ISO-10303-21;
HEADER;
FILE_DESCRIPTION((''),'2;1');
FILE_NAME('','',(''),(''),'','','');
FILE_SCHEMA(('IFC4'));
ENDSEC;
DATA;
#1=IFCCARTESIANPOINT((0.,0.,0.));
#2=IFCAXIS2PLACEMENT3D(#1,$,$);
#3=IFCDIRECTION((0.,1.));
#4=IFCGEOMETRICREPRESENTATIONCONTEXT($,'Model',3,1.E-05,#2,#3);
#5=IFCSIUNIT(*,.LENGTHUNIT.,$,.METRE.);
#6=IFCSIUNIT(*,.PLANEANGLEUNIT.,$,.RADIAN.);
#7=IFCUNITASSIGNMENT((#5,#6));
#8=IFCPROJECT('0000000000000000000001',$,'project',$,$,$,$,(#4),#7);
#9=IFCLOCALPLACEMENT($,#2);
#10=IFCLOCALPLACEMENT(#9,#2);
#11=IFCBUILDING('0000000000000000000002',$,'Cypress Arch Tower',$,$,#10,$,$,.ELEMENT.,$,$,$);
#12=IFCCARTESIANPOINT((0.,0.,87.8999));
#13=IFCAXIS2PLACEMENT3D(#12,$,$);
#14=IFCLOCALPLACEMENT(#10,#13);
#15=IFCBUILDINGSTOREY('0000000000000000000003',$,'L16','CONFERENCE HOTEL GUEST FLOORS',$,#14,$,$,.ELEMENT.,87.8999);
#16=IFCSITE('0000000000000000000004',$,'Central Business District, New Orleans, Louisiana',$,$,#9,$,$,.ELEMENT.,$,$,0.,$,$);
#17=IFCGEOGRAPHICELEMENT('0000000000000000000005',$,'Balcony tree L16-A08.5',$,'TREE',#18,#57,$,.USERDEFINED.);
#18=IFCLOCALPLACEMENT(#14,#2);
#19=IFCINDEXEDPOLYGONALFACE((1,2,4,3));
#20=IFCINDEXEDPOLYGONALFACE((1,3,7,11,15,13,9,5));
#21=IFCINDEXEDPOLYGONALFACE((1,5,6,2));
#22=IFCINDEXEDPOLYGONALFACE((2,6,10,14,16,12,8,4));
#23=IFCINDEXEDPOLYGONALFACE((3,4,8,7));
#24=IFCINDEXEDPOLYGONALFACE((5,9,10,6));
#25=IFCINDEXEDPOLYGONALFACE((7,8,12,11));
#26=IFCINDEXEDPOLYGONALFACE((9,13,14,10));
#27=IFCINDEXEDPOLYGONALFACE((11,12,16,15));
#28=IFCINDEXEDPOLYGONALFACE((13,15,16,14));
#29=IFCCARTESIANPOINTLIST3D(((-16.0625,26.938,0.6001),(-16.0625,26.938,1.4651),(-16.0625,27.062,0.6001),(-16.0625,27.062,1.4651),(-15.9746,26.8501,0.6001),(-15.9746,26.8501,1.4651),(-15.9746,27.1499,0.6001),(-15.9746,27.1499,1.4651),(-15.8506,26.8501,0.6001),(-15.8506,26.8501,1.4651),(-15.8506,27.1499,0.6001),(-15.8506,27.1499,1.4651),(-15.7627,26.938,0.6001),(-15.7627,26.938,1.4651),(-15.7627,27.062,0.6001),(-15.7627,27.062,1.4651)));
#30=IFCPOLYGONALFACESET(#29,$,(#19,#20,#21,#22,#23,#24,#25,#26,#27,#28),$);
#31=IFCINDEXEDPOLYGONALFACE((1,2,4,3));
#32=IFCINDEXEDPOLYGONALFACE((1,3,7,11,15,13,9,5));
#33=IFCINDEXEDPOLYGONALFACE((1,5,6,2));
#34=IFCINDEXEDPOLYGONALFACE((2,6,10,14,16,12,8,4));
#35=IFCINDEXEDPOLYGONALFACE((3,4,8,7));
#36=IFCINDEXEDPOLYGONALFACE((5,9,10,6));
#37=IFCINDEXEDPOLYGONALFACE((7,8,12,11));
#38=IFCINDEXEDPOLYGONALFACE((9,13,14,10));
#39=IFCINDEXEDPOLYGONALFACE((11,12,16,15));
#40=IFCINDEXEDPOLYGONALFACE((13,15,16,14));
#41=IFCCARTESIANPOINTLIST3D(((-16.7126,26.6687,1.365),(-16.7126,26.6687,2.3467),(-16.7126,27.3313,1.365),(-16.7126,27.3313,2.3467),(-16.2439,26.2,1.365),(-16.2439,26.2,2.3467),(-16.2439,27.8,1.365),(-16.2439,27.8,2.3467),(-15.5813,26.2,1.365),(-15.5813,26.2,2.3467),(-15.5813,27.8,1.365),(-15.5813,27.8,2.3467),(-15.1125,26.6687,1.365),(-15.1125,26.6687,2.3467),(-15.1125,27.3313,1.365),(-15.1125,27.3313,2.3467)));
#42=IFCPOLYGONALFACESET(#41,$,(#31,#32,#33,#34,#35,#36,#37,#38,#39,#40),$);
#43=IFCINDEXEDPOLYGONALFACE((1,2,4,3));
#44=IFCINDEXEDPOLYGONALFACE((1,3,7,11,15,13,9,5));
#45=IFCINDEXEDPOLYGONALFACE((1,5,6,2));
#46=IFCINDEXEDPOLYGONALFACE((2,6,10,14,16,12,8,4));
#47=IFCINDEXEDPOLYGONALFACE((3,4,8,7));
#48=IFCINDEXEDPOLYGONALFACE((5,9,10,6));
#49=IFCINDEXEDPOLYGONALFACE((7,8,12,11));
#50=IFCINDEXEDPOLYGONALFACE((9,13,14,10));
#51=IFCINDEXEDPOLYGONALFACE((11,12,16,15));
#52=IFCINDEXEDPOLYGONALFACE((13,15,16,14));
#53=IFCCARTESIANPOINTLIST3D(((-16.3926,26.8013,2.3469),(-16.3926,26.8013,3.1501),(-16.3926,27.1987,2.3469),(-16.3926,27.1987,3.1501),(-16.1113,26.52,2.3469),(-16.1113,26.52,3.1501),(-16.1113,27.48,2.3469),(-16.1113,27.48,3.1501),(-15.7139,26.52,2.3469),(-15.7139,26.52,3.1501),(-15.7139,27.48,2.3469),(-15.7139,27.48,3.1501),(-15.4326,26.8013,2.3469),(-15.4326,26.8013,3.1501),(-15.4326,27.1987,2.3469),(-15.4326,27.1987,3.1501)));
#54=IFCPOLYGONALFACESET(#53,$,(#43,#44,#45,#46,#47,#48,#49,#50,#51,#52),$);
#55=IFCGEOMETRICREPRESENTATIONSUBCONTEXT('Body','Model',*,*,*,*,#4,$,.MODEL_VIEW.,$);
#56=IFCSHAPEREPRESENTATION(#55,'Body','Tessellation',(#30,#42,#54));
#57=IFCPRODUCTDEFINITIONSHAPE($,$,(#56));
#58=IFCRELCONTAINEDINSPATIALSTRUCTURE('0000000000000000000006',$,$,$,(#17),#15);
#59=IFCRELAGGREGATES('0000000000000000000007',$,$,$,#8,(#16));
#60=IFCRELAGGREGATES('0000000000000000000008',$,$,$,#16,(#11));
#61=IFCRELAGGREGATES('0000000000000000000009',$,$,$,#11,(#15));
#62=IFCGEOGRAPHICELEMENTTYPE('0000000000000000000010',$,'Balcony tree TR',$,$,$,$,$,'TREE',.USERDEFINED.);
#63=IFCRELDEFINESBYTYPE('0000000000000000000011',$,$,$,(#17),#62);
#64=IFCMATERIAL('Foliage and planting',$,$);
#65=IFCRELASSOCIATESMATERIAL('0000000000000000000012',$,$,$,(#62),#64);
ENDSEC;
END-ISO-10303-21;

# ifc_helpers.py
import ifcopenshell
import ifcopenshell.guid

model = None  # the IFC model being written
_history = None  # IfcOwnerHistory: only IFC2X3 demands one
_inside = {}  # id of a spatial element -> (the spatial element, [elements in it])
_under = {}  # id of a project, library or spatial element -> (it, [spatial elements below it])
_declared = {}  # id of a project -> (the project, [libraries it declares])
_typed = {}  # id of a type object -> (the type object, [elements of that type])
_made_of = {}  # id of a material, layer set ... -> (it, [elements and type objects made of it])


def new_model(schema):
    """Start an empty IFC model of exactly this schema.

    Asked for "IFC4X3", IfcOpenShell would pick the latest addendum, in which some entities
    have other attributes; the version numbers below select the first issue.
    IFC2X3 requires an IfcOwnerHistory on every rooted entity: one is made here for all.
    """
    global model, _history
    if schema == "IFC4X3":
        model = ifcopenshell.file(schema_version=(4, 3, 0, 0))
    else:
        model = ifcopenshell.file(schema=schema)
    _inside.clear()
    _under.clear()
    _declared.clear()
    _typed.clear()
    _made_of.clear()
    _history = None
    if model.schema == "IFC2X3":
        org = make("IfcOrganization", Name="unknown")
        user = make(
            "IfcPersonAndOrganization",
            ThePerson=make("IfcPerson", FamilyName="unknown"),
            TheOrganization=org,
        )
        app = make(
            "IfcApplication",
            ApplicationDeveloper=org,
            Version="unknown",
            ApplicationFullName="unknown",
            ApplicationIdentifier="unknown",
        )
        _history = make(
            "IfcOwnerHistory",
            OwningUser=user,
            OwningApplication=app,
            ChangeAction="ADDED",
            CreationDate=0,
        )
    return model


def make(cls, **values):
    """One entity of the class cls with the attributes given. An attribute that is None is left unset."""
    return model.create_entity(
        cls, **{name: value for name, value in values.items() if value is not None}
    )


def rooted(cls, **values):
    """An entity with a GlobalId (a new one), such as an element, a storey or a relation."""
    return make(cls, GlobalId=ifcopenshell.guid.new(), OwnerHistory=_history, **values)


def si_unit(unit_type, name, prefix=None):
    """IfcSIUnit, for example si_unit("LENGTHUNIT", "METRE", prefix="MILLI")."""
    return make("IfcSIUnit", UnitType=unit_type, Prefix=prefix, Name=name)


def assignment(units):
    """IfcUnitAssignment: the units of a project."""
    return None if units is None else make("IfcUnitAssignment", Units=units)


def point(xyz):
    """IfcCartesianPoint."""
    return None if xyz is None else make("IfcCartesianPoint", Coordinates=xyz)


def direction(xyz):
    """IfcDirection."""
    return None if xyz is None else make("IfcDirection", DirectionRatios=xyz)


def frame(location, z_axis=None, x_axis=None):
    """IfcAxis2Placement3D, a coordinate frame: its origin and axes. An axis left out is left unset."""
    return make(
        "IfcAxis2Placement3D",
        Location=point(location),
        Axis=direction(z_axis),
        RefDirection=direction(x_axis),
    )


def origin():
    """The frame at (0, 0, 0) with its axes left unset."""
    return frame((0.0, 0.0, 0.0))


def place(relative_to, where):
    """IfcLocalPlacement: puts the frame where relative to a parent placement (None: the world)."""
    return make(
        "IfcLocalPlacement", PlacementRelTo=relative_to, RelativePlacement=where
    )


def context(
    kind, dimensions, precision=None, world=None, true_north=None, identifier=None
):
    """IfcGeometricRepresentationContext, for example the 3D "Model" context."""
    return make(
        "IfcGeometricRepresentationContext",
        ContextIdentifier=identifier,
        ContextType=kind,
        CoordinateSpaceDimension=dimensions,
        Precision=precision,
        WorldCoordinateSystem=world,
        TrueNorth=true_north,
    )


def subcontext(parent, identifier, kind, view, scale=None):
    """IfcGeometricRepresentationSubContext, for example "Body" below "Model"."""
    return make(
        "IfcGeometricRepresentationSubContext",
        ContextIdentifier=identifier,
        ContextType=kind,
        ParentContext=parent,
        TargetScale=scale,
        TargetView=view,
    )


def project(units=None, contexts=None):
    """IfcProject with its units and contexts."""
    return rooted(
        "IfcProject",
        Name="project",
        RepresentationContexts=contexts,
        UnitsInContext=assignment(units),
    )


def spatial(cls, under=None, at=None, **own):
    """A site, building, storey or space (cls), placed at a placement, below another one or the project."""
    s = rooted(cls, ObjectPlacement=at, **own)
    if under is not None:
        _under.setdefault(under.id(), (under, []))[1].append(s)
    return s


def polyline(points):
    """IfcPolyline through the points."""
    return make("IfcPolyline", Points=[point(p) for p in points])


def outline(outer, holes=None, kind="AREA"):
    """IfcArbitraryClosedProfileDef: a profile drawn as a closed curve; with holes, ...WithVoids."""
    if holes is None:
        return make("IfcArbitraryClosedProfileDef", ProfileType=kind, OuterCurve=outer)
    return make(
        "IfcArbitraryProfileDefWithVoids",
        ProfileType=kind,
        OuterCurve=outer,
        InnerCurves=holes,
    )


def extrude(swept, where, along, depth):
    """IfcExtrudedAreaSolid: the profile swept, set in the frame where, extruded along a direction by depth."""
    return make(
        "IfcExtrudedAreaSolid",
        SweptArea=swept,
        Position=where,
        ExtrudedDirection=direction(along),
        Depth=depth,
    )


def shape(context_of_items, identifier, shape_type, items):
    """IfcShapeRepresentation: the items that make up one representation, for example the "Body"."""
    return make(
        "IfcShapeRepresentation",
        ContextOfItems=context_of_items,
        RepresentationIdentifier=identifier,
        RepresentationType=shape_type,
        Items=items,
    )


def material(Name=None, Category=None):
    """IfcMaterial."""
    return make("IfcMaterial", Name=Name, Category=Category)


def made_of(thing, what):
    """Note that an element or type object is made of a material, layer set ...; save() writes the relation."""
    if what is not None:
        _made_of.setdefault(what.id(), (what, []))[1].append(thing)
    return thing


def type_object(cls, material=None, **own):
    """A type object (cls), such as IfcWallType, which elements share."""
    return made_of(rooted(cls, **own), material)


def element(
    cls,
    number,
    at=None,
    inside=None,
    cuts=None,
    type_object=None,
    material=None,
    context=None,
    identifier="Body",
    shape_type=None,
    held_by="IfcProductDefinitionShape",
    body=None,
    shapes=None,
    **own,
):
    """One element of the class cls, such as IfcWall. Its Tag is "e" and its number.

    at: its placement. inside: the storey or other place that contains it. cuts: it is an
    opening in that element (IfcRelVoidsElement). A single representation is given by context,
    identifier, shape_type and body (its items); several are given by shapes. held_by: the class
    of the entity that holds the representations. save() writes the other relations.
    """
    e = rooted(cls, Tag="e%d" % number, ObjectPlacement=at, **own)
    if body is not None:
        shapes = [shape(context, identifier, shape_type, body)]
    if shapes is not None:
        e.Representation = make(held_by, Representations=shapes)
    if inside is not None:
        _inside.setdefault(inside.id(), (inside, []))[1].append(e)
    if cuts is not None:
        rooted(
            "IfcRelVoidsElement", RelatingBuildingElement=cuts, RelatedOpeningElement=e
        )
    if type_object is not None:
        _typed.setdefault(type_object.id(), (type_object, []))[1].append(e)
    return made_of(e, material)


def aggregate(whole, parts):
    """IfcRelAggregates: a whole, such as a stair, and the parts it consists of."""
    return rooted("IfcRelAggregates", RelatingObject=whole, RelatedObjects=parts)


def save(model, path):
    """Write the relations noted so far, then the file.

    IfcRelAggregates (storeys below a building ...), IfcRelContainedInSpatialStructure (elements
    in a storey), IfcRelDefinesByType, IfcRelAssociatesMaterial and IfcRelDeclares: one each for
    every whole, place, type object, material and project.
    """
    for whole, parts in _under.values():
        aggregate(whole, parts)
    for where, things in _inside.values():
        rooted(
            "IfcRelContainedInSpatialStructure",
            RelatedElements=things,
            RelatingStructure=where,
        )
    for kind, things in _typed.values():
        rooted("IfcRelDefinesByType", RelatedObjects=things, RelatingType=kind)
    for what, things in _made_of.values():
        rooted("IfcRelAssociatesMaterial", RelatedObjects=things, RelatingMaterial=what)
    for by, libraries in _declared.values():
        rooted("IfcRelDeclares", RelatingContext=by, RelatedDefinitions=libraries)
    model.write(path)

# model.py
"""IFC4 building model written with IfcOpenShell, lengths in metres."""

from ifc_helpers import new_model, si_unit, direction, frame, origin, place, context, subcontext, project, spatial, polyline, outline, extrude, material, type_object, element, save


model = new_model("IFC4")

# Units and contexts
model_context = context("Model", 3, precision=1e-05, world=origin(), true_north=direction((0.0, 1.0)))
body_context = subcontext(model_context, "Body", "Model", "MODEL_VIEW")
ifc_project = project(units=[si_unit("LENGTHUNIT", "METRE"), si_unit("PLANEANGLEUNIT", "RADIAN")], contexts=[model_context])

# Site, building, storey
site_placement = place(None, origin())
site = spatial("IfcSite", under=ifc_project, at=site_placement, Name="Central Business District, New Orleans, Louisiana", CompositionType="ELEMENT", RefElevation=0.0)
building_placement = place(site_placement, origin())
building = spatial("IfcBuilding", under=site, at=building_placement, Name="Cypress Arch Tower", CompositionType="ELEMENT")
storey_placement = place(building_placement, frame((0.0, 0.0, 87.8999)))
storey = spatial("IfcBuildingStorey", under=building, at=storey_placement, Name="L16", Description="CONFERENCE HOTEL GUEST FLOORS", CompositionType="ELEMENT", Elevation=87.8999)

# Geographic element
ifc_material_1 = material(Name="Foliage and planting")
geographic_element_type = type_object("IfcGeographicElementType", Name="Balcony tree TR", ElementType="TREE", PredefinedType="USERDEFINED", material=ifc_material_1)
geographic_element_placement = place(storey_placement, frame((-15.9126, 27.0, 0.6001), z_axis=(0.0, 0.0, 1.0), x_axis=(1.0, 0.0, 0.0)))
element("IfcGeographicElement", 1, at=geographic_element_placement, inside=storey, type_object=geographic_element_type, Name="Balcony tree L16-A08.5", ObjectType="TREE", PredefinedType="USERDEFINED", context=body_context, shape_type="SweptSolid", body=[
    extrude(outline(polyline([(0.1499, 0.062), (0.062, 0.1499), (-0.062, 0.1499), (-0.1499, 0.062), (-0.1499, -0.062), (-0.062, -0.1499), (0.062, -0.1499), (0.1499, -0.062), (0.1499, 0.062)])), origin(), (0.0, 0.0, 1.0), 0.865),
    extrude(outline(polyline([(0.8, 0.3313), (0.3313, 0.8), (-0.3313, 0.8), (-0.8, 0.3313), (-0.8, -0.3313), (-0.3313, -0.8), (0.3313, -0.8), (0.8, -0.3313), (0.8, 0.3313)])), frame((0.0, 0.0, 0.7649)), (0.0, 0.0, 1.0), 0.9817),
    extrude(outline(polyline([(0.48, 0.1987), (0.1987, 0.48), (-0.1987, 0.48), (-0.48, 0.1987), (-0.48, -0.1987), (-0.1987, -0.48), (0.1987, -0.48), (0.48, -0.1987), (0.48, 0.1987)])), frame((0.0, 0.0, 1.7468)), (0.0, 0.0, 1.0), 0.8032),
])

save(model, "model.ifc")
